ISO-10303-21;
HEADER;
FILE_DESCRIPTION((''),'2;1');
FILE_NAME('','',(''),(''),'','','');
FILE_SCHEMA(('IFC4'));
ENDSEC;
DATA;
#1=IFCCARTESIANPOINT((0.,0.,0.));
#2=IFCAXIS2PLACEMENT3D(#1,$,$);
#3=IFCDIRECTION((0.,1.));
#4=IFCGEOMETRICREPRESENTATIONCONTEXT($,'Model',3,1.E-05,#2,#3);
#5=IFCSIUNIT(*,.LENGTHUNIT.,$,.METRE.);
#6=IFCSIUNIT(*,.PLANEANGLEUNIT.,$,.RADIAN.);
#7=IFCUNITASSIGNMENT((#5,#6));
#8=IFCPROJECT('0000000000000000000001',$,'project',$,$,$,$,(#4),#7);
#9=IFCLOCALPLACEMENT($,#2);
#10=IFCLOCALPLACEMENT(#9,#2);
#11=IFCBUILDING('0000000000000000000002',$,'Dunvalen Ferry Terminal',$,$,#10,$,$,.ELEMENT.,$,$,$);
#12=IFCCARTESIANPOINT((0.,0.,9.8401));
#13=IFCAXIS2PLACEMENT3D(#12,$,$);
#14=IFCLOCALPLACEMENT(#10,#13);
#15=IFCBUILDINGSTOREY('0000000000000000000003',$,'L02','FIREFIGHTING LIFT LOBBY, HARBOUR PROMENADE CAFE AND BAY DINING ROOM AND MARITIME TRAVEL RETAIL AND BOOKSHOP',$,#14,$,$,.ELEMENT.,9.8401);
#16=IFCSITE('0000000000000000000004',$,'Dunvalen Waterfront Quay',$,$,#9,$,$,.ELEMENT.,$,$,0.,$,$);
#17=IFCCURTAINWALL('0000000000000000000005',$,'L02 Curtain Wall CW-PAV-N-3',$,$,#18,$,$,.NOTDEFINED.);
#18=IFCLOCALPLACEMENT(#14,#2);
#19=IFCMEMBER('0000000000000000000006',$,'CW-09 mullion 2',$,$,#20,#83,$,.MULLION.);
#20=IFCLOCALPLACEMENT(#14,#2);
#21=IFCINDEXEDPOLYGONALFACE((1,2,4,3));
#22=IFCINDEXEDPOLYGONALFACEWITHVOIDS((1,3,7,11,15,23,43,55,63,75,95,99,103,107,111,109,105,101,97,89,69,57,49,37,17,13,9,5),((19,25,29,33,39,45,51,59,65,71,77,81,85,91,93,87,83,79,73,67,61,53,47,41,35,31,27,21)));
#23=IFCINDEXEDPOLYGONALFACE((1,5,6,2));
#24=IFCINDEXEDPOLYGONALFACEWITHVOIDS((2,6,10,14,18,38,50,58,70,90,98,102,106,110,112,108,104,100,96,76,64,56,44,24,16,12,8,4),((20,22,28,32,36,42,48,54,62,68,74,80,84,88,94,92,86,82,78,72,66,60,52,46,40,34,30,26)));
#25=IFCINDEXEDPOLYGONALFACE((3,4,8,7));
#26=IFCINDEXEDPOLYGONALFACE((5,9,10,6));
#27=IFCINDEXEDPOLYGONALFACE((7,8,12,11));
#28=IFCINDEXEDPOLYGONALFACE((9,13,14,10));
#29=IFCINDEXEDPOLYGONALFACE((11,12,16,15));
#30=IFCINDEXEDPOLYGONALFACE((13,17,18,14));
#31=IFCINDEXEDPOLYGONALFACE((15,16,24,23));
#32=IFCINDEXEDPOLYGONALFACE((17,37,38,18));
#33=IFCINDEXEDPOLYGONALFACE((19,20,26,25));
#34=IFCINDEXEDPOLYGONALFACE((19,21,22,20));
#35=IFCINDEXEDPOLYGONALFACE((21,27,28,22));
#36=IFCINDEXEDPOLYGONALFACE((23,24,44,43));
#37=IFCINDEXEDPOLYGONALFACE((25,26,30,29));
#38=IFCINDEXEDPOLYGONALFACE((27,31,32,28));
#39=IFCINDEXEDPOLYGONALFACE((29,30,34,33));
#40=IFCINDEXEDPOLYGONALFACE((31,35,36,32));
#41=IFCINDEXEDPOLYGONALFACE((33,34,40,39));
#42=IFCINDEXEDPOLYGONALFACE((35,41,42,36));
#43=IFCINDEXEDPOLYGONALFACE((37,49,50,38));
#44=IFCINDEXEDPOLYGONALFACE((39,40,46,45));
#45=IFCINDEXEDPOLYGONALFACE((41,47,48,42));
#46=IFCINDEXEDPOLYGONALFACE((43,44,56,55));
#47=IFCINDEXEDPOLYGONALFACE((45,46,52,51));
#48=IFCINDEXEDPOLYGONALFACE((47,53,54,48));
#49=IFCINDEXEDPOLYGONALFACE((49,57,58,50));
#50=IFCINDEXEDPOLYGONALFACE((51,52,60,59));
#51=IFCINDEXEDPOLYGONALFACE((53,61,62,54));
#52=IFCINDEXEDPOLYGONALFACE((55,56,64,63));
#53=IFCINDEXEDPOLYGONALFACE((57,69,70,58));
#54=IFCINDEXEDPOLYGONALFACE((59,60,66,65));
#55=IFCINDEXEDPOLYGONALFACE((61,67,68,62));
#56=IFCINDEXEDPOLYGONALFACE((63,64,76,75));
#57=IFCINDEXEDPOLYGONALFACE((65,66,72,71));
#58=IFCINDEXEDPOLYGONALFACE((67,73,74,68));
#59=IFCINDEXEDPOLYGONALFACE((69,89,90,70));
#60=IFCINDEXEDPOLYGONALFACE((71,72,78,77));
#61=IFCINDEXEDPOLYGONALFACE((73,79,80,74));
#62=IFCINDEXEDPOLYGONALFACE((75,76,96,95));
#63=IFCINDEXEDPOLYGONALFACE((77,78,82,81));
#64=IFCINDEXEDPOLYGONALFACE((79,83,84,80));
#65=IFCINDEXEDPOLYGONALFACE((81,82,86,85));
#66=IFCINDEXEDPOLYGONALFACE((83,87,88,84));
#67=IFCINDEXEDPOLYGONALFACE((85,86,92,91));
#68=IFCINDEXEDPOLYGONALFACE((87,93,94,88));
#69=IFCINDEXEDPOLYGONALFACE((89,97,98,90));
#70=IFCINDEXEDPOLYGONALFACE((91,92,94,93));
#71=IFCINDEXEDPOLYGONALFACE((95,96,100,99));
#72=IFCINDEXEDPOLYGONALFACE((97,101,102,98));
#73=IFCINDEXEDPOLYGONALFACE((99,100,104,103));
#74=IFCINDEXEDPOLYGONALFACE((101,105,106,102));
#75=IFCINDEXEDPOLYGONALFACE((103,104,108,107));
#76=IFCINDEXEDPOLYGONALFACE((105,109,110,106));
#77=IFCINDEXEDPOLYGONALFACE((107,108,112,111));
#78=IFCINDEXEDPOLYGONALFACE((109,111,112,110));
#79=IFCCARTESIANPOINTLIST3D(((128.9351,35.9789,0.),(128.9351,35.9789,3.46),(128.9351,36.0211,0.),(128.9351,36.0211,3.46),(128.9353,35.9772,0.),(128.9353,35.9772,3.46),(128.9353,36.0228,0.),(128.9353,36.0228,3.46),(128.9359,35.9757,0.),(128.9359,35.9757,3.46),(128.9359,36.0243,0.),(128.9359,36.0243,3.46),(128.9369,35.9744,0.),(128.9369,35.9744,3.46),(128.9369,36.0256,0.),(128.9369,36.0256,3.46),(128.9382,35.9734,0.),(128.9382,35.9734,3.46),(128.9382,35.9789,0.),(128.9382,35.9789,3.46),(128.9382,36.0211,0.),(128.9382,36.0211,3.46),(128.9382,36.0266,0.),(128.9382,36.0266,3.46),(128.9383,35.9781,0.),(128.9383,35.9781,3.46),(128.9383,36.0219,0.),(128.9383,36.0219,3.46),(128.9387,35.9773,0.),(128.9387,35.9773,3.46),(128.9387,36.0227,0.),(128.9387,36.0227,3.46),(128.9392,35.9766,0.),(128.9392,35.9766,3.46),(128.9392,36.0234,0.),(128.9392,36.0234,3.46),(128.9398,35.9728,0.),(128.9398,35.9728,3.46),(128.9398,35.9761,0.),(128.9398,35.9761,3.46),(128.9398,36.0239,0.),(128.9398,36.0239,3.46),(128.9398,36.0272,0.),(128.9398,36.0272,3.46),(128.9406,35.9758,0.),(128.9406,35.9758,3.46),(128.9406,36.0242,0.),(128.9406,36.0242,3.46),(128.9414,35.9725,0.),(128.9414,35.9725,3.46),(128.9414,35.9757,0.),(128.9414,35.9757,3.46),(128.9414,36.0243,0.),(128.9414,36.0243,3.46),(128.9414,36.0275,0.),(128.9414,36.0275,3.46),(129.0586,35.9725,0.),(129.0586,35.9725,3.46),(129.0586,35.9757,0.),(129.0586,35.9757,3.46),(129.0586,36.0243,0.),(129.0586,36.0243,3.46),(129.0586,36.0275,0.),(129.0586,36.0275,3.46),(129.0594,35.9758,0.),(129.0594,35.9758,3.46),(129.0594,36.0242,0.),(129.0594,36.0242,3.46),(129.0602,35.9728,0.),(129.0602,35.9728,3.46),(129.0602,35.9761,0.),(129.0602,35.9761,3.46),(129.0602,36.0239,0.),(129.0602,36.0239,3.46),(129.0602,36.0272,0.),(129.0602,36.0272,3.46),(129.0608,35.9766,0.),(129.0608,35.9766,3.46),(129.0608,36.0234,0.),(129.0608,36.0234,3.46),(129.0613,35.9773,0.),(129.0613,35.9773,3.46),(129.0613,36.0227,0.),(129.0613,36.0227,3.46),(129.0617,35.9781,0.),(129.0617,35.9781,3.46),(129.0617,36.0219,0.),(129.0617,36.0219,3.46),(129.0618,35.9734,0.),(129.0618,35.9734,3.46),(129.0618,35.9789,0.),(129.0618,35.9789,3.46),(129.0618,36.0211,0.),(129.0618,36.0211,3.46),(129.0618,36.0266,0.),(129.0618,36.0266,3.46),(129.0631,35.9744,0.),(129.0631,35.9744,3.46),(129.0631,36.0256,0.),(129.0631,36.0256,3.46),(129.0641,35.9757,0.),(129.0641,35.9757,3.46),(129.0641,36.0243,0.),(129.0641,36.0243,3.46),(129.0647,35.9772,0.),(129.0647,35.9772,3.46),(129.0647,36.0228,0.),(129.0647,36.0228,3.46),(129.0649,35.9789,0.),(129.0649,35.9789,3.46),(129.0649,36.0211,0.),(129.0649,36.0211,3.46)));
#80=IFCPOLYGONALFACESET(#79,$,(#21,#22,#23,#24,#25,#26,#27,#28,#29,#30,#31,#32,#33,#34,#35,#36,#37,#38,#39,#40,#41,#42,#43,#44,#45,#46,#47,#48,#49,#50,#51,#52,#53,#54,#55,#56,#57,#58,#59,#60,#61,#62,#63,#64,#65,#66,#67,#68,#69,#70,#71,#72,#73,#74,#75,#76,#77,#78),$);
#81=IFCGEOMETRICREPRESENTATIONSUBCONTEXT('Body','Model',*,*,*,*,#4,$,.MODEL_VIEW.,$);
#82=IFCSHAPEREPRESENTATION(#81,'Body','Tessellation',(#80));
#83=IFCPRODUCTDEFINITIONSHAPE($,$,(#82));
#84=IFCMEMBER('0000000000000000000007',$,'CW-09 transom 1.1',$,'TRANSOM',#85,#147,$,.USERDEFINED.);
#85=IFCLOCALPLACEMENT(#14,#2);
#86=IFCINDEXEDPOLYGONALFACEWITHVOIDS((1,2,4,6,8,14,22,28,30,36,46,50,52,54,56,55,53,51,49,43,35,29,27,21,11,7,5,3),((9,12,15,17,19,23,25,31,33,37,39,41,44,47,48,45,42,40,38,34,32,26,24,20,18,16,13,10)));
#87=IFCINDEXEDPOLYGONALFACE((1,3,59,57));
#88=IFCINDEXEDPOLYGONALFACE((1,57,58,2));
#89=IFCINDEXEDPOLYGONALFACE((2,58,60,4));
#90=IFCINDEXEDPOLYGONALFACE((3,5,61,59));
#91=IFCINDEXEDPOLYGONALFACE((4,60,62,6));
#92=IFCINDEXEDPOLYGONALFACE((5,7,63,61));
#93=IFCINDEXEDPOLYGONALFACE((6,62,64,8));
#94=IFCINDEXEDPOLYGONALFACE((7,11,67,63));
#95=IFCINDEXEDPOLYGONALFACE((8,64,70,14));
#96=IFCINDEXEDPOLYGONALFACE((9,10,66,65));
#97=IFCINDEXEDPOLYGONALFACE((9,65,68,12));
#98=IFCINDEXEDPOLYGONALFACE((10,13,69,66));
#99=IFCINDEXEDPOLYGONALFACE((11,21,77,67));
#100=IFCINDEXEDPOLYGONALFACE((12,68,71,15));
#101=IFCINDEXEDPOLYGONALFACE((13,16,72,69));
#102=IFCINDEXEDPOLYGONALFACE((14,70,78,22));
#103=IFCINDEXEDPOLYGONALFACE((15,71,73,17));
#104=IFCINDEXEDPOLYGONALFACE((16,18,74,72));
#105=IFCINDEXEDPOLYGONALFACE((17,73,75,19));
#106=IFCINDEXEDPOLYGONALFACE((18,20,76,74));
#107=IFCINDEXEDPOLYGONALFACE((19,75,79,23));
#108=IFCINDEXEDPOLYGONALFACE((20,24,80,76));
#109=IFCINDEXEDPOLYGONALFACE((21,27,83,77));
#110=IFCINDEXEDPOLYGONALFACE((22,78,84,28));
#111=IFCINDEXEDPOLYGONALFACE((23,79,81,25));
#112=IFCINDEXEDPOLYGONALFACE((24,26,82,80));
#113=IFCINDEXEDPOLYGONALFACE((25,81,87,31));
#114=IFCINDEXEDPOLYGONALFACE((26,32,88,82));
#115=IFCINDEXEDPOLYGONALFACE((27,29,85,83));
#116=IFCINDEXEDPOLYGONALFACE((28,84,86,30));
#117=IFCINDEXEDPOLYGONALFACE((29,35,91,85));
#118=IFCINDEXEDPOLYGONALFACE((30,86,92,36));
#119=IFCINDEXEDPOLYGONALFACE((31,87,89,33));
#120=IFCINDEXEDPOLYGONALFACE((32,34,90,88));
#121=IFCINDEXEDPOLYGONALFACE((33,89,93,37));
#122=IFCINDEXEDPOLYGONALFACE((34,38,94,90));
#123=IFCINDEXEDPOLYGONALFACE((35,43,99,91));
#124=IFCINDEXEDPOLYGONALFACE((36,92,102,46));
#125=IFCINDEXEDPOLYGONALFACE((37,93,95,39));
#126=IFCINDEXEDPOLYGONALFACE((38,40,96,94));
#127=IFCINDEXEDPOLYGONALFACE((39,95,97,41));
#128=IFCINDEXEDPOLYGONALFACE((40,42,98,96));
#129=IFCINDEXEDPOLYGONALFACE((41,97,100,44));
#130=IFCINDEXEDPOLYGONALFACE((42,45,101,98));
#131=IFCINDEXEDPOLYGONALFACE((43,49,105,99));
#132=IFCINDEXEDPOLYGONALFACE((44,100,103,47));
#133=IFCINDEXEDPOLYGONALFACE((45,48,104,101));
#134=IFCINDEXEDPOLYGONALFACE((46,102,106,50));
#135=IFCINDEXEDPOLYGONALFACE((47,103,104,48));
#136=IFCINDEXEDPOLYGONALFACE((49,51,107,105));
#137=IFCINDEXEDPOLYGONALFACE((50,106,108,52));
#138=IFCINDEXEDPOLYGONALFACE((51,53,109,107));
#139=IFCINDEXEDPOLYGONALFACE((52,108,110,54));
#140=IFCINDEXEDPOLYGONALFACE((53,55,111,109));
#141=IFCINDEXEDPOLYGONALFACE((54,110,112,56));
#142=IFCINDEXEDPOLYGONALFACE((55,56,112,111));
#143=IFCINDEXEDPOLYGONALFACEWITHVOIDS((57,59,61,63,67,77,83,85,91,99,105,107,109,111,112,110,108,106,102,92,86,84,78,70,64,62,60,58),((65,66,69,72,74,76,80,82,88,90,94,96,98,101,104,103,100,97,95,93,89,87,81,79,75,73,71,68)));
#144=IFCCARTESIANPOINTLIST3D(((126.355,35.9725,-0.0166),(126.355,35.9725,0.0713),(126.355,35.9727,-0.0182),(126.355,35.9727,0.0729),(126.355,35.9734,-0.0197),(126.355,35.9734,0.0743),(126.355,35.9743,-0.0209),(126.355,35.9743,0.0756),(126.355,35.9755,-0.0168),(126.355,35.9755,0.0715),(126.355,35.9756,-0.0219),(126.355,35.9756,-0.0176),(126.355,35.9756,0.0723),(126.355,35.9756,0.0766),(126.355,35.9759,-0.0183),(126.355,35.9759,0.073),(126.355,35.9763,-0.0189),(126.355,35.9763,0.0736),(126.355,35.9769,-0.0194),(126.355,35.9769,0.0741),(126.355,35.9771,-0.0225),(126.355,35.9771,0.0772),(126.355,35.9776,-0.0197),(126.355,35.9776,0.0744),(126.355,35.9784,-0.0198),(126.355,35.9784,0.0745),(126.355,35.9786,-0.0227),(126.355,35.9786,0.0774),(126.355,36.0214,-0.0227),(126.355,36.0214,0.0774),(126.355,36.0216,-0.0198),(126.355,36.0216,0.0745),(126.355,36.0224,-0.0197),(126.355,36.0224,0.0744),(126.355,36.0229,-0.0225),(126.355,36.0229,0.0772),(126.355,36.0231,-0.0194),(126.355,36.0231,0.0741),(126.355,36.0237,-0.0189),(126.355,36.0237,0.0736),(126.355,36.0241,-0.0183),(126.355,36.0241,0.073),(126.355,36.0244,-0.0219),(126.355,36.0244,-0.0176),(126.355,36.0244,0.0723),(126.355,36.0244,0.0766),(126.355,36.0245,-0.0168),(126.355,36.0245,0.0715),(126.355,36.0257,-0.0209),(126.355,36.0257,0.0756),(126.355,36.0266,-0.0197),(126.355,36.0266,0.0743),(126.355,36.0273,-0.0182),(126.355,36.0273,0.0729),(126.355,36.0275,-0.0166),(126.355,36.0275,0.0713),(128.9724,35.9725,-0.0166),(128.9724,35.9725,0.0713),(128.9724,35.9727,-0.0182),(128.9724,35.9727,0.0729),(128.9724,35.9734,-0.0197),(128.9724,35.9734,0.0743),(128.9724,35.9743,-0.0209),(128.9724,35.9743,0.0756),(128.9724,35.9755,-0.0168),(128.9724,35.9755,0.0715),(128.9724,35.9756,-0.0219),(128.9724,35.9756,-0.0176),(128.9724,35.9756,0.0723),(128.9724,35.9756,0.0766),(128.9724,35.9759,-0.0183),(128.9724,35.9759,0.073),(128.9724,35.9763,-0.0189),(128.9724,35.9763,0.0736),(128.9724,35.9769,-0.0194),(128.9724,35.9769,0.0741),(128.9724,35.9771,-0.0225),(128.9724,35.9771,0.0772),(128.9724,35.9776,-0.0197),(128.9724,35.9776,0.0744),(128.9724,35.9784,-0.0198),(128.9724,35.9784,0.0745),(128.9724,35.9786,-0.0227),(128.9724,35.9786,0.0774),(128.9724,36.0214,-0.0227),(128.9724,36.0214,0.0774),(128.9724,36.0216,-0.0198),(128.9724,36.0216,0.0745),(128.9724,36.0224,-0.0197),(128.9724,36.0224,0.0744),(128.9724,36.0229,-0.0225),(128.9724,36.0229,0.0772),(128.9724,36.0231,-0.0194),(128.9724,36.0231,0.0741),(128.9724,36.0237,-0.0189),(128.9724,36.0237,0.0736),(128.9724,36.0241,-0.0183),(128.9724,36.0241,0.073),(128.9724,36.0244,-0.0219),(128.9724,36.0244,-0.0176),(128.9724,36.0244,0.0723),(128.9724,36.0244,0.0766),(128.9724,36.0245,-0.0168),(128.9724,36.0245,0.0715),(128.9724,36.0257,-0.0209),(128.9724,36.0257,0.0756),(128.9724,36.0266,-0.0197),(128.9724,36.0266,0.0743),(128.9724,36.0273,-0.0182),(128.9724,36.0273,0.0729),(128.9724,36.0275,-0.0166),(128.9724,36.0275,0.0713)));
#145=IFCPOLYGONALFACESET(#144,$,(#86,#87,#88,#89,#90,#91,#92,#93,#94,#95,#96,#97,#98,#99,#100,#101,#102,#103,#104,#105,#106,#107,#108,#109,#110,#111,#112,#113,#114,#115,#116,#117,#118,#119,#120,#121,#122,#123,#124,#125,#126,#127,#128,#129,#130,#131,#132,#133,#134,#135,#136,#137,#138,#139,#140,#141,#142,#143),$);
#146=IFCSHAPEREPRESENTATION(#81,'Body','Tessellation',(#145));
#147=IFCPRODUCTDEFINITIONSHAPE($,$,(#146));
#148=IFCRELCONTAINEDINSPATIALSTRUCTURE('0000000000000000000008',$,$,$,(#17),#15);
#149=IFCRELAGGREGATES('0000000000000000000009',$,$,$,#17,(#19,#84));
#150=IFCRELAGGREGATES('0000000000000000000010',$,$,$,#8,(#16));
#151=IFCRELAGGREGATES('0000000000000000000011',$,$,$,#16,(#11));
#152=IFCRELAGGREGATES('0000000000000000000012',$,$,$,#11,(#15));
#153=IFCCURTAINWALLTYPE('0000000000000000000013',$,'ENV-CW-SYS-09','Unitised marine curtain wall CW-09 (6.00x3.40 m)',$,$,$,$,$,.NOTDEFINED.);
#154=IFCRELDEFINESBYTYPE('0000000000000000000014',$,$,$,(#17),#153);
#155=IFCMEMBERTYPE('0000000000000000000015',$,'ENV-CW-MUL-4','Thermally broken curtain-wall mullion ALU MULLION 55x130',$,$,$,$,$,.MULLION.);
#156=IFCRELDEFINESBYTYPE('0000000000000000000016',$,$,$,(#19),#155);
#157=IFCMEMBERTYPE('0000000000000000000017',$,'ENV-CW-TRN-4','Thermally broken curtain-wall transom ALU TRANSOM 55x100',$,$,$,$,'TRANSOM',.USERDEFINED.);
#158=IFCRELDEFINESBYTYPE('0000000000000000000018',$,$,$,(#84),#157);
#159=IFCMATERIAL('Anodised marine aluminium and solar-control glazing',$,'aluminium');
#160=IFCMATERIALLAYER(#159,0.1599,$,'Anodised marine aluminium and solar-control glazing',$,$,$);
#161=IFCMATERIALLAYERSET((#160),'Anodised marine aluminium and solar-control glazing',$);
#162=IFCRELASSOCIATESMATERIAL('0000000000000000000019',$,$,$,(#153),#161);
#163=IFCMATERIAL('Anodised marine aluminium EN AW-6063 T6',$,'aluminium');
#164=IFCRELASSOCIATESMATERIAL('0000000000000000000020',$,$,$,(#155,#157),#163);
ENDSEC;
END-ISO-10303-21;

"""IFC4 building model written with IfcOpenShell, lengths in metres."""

from ifc_helpers import new_model, si_unit, direction, frame, origin, origin_2d, place, context, subcontext, project, spatial, hollow_rectangle, extrude, material, layer, layer_set, material_profile, profile_set, type_object, element, aggregate, save


model = new_model("IFC4")

# Units and contexts
model_context = context("Model", 3, precision=1e-05, world=origin(), true_north=direction((0.0, 1.0)))
body_context = subcontext(model_context, "Body", "Model", "MODEL_VIEW")
ifc_project = project(units=[si_unit("LENGTHUNIT", "METRE"), si_unit("PLANEANGLEUNIT", "RADIAN")], contexts=[model_context])

# Site, building, storey
site_placement = place(None, origin())
site = spatial("IfcSite", under=ifc_project, at=site_placement, Name="Dunvalen Waterfront Quay", CompositionType="ELEMENT", RefElevation=0.0)
building_placement = place(site_placement, origin())
building = spatial("IfcBuilding", under=site, at=building_placement, Name="Dunvalen Ferry Terminal", CompositionType="ELEMENT")
storey_placement = place(building_placement, frame((0.0, 0.0, 9.8401)))
storey = spatial("IfcBuildingStorey", under=building, at=storey_placement, Name="L02", Description="FIREFIGHTING LIFT LOBBY, HARBOUR PROMENADE CAFE AND BAY DINING ROOM AND MARITIME TRAVEL RETAIL AND BOOKSHOP", CompositionType="ELEMENT", Elevation=9.8401)

# Shared definitions
ifc_material_1 = material(Name="Anodised marine aluminium and solar-control glazing", Category="aluminium")
ifc_layer_1 = layer(ifc_material_1, 0.1599, Name="Anodised marine aluminium and solar-control glazing")
ifc_layer_set_1 = layer_set([ifc_layer_1], Name="Anodised marine aluminium and solar-control glazing")
curtain_wall_type = type_object("IfcCurtainWallType", Name="ENV-CW-SYS-09", Description="Unitised marine curtain wall CW-09 (6.00x3.40 m)", PredefinedType="NOTDEFINED", material=ifc_layer_set_1)
ifc_material_2 = material(Name="Anodised marine aluminium EN AW-6063 T6", Category="aluminium")
ifc_material_profile_1 = material_profile(ifc_material_2, hollow_rectangle(XDim=0.0549, YDim=0.1299, WallThickness=0.0032, InnerFilletRadius=0.0032, OuterFilletRadius=0.0063, at=origin_2d()), Name="Anodised marine aluminium EN AW-6063 T6")
ifc_profile_set_1 = profile_set([ifc_material_profile_1], Name="Anodised marine aluminium EN AW-6063 T6")
member_type_1 = type_object("IfcMemberType", Name="ENV-CW-MUL-4", Description="Thermally broken curtain-wall mullion ALU MULLION 55x130", PredefinedType="MULLION", material=ifc_profile_set_1)

# Curtain wall, members
curtain_wall_1_placement = place(storey_placement, origin())
curtain_wall_1 = element("IfcCurtainWall", 1, at=curtain_wall_1_placement, inside=storey, type_object=curtain_wall_type, Name="L02 Curtain Wall CW-PAV-N-3", PredefinedType="NOTDEFINED")
member_1_placement = place(storey_placement, frame((129.0, 36.0, 0.0), z_axis=(0.0, 0.0, 1.0), x_axis=(0.0, 1.0, 0.0)))
member_1 = element("IfcMember", 2, at=member_1_placement, type_object=member_type_1, Name="CW-09 mullion 2", PredefinedType="MULLION", context=body_context, shape_type="SweptSolid", body=[
    extrude(hollow_rectangle(XDim=0.0549, YDim=0.1299, WallThickness=0.0032, InnerFilletRadius=0.0032, OuterFilletRadius=0.0063, at=origin_2d()), origin(), (0.0, 0.0, 1.0), 3.46),
])
ifc_material_profile_2 = material_profile(ifc_material_2, hollow_rectangle(XDim=0.0549, YDim=0.1001, WallThickness=0.0029, InnerFilletRadius=0.0029, OuterFilletRadius=0.0061, at=origin_2d()), Name="Anodised marine aluminium EN AW-6063 T6")
ifc_profile_set_2 = profile_set([ifc_material_profile_2], Name="Anodised marine aluminium EN AW-6063 T6")
member_type_2 = type_object("IfcMemberType", Name="ENV-CW-TRN-4", Description="Thermally broken curtain-wall transom ALU TRANSOM 55x100", ElementType="TRANSOM", PredefinedType="USERDEFINED", material=ifc_profile_set_2)
member_2_placement = place(storey_placement, frame((126.355, 36.0, 0.0273), z_axis=(1.0, 0.0, 0.0), x_axis=(0.0, 1.0, 0.0)))
member_2 = element("IfcMember", 3, at=member_2_placement, type_object=member_type_2, Name="CW-09 transom 1.1", ObjectType="TRANSOM", PredefinedType="USERDEFINED", context=body_context, shape_type="SweptSolid", body=[
    extrude(hollow_rectangle(XDim=0.0549, YDim=0.1001, WallThickness=0.0029, InnerFilletRadius=0.0029, OuterFilletRadius=0.0061, at=origin_2d()), origin(), (0.0, 0.0, 1.0), 2.6174),
])

aggregate(curtain_wall_1, [member_1, member_2])

save(model, "model.ifc")
